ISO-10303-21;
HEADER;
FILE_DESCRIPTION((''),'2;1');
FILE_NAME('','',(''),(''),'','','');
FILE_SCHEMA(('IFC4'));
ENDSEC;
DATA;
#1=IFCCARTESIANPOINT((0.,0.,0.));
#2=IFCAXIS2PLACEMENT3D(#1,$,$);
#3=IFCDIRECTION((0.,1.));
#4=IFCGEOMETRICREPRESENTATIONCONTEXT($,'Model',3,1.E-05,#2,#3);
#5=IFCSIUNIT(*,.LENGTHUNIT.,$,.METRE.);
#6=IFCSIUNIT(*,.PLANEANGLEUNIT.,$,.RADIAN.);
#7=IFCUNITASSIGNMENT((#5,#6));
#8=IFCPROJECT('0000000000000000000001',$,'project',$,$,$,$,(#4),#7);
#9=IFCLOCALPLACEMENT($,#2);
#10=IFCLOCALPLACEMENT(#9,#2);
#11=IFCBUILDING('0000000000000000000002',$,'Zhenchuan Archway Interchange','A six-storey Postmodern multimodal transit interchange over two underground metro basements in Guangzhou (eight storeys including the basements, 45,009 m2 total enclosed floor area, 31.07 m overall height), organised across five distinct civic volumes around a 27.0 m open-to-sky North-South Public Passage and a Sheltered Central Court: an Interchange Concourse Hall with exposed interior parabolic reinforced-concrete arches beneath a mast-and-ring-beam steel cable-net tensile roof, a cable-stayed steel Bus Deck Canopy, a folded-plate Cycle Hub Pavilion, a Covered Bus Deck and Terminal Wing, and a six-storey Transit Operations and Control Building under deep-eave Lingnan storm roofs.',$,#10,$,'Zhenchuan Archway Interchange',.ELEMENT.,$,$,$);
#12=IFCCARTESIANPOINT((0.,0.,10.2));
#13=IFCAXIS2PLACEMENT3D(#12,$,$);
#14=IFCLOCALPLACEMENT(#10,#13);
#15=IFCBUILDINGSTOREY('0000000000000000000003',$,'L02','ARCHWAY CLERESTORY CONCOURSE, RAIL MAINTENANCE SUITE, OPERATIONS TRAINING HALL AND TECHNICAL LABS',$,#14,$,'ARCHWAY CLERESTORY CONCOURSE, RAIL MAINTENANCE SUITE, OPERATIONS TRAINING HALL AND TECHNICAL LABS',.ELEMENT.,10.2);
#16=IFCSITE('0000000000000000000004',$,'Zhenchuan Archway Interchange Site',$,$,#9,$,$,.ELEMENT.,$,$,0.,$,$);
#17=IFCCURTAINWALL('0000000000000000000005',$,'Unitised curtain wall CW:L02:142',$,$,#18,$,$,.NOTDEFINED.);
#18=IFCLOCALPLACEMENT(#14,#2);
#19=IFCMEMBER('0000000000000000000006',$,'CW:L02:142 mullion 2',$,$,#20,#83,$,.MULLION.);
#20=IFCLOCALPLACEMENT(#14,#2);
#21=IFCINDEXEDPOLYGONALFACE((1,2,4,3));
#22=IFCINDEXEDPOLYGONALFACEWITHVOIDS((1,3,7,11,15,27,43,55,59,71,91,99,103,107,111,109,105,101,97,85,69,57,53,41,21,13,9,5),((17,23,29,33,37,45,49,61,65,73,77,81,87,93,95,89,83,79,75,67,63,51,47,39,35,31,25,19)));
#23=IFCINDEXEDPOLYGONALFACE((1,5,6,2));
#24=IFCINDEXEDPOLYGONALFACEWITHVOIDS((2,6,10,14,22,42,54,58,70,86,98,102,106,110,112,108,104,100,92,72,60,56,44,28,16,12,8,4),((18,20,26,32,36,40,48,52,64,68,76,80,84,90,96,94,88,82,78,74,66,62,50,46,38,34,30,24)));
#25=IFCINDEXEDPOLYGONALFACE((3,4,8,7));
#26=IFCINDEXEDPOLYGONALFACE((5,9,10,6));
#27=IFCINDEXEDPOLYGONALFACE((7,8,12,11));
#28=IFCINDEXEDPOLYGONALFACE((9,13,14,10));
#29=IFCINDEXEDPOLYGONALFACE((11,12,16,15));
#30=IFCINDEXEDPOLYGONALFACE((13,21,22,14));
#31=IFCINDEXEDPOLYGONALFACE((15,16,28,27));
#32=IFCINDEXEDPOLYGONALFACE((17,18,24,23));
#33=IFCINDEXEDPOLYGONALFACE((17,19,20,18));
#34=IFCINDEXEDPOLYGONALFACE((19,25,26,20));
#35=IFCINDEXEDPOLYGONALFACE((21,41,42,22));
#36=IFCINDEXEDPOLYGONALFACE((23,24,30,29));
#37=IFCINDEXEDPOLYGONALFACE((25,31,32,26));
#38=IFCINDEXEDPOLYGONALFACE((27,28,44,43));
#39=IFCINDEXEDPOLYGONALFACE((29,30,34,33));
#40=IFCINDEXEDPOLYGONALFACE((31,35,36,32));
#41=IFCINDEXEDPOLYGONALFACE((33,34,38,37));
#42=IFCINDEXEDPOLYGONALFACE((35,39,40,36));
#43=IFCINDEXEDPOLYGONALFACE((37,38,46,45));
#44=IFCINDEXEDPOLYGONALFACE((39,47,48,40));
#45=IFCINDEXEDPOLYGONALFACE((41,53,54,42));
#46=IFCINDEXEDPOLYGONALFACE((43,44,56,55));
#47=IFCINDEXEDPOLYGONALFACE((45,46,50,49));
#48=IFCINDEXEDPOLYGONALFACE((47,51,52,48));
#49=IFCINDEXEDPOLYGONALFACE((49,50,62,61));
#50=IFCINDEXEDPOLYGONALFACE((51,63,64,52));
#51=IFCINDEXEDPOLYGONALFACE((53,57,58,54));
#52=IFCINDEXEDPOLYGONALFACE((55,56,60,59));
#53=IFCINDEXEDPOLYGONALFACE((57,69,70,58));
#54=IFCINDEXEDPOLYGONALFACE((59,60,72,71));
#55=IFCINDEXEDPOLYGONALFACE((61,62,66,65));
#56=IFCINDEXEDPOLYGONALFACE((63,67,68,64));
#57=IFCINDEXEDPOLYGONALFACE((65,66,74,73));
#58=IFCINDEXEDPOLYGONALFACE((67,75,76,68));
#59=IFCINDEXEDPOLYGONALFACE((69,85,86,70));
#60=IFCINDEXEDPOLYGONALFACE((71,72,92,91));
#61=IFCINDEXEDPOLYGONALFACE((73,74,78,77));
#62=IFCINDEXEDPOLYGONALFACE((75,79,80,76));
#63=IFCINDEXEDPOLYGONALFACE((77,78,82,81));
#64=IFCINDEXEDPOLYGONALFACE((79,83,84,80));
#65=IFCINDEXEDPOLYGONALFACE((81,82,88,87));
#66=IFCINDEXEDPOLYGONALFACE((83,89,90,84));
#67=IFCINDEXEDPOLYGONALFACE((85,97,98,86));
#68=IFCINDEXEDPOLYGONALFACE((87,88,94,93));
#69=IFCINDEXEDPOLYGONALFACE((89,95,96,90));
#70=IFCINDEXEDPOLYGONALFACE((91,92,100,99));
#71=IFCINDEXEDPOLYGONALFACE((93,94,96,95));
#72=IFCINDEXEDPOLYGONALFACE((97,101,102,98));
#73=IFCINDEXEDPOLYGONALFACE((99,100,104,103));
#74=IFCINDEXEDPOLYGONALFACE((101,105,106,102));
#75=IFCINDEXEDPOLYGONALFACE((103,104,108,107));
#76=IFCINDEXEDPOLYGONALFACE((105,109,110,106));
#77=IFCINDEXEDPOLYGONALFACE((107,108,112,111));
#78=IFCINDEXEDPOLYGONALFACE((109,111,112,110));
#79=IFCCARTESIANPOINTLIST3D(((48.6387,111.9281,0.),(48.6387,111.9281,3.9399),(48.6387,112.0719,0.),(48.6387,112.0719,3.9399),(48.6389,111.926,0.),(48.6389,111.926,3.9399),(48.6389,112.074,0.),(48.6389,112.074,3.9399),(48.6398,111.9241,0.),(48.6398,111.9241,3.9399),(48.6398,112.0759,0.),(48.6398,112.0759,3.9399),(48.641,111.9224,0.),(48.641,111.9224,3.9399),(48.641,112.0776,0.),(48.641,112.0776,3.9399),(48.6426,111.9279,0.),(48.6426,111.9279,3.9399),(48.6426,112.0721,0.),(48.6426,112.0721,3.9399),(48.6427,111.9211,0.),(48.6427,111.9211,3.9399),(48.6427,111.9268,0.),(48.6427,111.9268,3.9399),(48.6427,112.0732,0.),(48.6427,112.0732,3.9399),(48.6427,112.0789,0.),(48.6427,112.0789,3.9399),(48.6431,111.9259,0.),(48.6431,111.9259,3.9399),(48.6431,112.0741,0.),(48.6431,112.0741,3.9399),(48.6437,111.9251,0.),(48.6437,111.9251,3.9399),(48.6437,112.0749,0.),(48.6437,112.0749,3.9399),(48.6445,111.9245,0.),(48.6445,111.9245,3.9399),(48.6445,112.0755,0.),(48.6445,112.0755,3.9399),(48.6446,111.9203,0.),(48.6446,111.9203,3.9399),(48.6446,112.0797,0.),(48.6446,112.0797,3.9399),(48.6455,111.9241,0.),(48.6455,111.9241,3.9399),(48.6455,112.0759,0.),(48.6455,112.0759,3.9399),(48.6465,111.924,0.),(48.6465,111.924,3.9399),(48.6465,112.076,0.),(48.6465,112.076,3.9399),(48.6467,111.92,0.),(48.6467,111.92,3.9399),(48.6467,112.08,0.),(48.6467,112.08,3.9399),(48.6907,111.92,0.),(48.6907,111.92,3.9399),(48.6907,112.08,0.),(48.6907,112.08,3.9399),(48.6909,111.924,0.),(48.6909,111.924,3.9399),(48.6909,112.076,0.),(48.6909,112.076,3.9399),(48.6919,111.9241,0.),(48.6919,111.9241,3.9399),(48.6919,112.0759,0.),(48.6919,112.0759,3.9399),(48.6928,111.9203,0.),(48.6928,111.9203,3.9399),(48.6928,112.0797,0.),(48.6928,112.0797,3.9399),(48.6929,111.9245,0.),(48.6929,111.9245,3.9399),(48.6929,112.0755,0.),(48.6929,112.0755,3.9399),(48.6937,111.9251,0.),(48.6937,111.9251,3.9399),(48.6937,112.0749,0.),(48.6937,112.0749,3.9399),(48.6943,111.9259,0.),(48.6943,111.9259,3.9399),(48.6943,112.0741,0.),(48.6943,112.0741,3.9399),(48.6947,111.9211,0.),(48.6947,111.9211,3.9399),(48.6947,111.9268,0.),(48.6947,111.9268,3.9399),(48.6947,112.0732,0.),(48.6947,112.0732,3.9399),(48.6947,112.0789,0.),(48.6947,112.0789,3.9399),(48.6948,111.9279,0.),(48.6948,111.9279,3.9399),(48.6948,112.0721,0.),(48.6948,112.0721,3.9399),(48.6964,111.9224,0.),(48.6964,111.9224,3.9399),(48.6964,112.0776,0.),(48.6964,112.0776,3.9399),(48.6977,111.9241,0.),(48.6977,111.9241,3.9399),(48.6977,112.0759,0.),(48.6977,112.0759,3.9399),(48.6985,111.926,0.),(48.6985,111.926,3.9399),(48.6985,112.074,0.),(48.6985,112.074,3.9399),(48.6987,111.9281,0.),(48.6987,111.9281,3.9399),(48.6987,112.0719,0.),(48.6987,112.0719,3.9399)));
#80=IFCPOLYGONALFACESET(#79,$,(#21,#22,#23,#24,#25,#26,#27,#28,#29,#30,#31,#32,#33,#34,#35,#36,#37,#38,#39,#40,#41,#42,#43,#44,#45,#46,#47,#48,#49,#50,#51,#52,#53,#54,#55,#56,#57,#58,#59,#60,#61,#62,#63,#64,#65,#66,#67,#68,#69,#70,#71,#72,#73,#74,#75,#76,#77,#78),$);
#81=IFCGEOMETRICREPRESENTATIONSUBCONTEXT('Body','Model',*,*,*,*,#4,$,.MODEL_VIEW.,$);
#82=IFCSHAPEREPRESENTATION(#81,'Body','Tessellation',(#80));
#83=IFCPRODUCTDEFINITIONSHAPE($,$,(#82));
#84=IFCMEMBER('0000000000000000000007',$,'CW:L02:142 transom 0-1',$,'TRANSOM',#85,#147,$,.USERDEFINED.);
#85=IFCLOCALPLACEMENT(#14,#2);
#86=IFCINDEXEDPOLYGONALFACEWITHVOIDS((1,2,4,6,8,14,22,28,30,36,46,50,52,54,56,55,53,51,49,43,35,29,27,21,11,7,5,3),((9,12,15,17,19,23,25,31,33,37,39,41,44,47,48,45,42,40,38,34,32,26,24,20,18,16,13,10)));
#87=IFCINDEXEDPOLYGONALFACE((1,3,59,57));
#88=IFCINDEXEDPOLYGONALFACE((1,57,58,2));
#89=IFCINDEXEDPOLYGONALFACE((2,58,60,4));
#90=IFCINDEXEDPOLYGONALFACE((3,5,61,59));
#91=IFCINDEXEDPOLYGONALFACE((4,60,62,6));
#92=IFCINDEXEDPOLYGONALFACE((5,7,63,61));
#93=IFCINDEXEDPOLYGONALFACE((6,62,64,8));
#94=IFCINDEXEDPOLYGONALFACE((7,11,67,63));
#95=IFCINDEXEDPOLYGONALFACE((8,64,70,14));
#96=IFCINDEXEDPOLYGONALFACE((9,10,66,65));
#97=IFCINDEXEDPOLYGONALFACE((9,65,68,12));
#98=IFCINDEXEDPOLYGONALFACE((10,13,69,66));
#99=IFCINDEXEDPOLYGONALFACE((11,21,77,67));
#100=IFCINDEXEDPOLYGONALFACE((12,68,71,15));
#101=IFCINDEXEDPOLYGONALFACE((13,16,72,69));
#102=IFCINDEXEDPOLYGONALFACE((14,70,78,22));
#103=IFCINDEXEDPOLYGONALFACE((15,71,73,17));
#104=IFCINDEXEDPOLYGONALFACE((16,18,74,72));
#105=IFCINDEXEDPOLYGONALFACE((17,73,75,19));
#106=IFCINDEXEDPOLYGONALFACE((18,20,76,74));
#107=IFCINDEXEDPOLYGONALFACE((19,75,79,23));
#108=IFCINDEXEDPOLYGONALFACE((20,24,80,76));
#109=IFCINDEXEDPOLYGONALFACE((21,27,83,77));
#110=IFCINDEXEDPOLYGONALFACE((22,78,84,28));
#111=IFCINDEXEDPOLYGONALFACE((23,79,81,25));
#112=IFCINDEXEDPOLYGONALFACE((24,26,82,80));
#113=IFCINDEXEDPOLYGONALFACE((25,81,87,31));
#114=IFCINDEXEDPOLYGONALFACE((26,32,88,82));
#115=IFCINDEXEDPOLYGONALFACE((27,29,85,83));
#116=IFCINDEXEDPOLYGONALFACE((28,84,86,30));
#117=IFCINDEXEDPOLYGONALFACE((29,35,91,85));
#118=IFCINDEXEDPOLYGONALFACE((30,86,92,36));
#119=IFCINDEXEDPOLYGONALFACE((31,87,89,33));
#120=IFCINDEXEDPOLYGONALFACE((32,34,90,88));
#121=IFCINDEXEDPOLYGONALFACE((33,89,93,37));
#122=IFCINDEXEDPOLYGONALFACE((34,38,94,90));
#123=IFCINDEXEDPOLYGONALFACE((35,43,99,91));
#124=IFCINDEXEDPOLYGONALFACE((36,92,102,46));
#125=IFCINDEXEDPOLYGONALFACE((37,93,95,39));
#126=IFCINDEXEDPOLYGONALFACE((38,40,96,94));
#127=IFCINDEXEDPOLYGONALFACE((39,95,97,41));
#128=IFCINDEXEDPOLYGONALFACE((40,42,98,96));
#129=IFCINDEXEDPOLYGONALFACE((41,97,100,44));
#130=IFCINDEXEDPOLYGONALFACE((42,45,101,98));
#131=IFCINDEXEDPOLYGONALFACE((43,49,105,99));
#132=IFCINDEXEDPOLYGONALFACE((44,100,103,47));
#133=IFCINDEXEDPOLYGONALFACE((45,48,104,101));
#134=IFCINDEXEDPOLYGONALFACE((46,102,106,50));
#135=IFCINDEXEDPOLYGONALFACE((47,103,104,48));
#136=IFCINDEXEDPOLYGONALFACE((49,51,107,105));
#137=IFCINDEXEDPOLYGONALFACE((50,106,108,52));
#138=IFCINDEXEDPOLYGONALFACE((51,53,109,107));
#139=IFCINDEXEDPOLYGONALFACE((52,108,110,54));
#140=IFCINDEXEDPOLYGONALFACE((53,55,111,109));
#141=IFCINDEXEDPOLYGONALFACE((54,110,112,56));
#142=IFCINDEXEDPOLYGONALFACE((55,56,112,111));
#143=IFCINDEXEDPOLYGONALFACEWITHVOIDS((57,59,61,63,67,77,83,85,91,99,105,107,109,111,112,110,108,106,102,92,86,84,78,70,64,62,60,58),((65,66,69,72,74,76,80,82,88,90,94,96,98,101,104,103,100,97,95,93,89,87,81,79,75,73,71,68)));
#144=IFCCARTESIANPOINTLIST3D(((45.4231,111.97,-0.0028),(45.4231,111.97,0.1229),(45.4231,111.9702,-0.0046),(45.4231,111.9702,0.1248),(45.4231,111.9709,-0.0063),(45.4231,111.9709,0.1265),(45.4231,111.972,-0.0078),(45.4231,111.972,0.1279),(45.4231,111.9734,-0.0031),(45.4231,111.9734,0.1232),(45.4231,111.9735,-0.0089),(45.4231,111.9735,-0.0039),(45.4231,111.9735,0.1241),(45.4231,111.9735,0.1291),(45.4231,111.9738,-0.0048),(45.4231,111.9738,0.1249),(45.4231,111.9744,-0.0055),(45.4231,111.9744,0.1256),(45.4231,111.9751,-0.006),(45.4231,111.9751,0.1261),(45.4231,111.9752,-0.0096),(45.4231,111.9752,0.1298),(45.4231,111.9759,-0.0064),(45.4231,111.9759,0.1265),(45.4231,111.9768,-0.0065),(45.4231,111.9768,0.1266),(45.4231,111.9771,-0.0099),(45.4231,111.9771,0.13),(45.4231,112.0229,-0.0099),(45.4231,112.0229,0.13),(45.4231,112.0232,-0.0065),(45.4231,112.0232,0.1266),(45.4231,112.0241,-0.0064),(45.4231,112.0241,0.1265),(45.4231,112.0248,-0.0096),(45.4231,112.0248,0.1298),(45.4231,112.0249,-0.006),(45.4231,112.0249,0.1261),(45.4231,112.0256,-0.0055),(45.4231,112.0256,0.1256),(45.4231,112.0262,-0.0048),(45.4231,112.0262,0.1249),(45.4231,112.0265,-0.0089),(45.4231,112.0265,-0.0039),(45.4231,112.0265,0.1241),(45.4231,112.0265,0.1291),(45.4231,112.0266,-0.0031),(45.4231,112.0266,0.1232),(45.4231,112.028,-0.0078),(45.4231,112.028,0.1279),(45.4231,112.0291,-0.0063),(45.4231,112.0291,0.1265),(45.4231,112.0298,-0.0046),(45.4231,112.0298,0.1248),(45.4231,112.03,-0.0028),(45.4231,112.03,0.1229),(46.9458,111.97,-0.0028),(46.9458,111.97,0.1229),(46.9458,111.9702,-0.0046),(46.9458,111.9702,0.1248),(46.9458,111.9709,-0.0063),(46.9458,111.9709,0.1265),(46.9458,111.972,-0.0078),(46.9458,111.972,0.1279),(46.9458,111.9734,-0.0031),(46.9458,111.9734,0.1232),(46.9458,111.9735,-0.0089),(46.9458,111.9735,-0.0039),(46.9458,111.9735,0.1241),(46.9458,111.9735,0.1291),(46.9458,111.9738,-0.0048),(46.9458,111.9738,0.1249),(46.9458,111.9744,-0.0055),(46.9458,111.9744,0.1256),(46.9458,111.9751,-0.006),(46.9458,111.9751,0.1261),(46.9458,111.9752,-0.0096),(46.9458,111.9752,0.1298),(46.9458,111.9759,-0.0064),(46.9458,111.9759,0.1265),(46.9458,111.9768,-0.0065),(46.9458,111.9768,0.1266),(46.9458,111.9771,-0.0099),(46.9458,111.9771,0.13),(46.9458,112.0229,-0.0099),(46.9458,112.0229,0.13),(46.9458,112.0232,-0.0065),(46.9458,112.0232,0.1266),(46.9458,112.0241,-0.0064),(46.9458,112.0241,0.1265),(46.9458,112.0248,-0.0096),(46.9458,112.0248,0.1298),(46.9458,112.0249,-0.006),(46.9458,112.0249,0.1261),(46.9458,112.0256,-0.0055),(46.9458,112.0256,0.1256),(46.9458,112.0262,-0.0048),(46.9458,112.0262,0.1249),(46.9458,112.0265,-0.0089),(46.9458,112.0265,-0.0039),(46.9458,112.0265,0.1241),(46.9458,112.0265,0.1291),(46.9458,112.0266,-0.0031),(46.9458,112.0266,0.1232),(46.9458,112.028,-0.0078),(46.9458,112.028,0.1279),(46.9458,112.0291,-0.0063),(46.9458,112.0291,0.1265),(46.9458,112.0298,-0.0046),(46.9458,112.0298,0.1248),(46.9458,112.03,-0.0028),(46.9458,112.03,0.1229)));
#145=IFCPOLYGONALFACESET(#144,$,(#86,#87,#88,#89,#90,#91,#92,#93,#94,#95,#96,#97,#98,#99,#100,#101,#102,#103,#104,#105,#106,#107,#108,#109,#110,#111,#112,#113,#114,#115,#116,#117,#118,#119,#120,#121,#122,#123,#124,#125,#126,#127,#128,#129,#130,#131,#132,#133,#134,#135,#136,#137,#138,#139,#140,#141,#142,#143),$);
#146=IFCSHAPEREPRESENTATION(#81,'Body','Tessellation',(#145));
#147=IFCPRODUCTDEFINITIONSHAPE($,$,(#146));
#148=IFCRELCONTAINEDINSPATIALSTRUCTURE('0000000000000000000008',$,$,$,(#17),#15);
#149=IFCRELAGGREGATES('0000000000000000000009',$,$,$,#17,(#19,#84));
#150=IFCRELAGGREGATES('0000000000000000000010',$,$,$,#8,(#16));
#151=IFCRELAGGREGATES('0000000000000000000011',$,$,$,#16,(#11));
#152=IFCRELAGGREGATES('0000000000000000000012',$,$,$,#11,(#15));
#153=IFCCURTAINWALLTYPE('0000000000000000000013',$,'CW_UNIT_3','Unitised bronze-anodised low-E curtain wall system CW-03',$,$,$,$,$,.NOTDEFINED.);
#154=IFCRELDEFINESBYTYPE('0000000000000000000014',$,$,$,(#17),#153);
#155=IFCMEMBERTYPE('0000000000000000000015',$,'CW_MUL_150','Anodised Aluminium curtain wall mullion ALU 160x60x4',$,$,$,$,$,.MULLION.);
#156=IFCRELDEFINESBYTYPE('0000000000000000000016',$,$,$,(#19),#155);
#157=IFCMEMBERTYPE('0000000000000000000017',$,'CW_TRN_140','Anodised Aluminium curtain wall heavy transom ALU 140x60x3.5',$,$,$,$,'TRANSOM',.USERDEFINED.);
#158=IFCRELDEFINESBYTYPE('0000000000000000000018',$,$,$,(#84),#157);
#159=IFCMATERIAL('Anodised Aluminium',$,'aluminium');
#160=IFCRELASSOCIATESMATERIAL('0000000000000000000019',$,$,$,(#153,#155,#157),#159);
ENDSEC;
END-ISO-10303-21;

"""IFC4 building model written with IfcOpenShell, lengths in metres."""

from ifc_helpers import new_model, si_unit, direction, frame, origin, origin_2d, place, context, subcontext, project, spatial, hollow_rectangle, extrude, material, material_profile, profile_set, type_object, element, aggregate, save


model = new_model("IFC4")

# Units and contexts
model_context = context("Model", 3, precision=1e-05, world=origin(), true_north=direction((0.0, 1.0)))
body_context = subcontext(model_context, "Body", "Model", "MODEL_VIEW")
ifc_project = project(units=[si_unit("LENGTHUNIT", "METRE"), si_unit("PLANEANGLEUNIT", "RADIAN")], contexts=[model_context])

# Site, building, storey
site_placement = place(None, origin())
site = spatial("IfcSite", under=ifc_project, at=site_placement, Name="Zhenchuan Archway Interchange Site", CompositionType="ELEMENT", RefElevation=0.0)
building_placement = place(site_placement, origin())
building = spatial("IfcBuilding", under=site, at=building_placement, Name="Zhenchuan Archway Interchange", Description="A six-storey Postmodern multimodal transit interchange over two underground metro basements in Guangzhou (eight storeys including the basements, 45,009 m2 total enclosed floor area, 31.07 m overall height), organised across five distinct civic volumes around a 27.0 m open-to-sky North-South Public Passage and a Sheltered Central Court: an Interchange Concourse Hall with exposed interior parabolic reinforced-concrete arches beneath a mast-and-ring-beam steel cable-net tensile roof, a cable-stayed steel Bus Deck Canopy, a folded-plate Cycle Hub Pavilion, a Covered Bus Deck and Terminal Wing, and a six-storey Transit Operations and Control Building under deep-eave Lingnan storm roofs.", LongName="Zhenchuan Archway Interchange", CompositionType="ELEMENT")
storey_placement = place(building_placement, frame((0.0, 0.0, 10.2)))
storey = spatial("IfcBuildingStorey", under=building, at=storey_placement, Name="L02", Description="ARCHWAY CLERESTORY CONCOURSE, RAIL MAINTENANCE SUITE, OPERATIONS TRAINING HALL AND TECHNICAL LABS", LongName="ARCHWAY CLERESTORY CONCOURSE, RAIL MAINTENANCE SUITE, OPERATIONS TRAINING HALL AND TECHNICAL LABS", CompositionType="ELEMENT", Elevation=10.2)

# Curtain wall, members
ifc_material_1 = material(Name="Anodised Aluminium", Category="aluminium")
curtain_wall_type = type_object("IfcCurtainWallType", Name="CW_UNIT_3", Description="Unitised bronze-anodised low-E curtain wall system CW-03", PredefinedType="NOTDEFINED", material=ifc_material_1)
curtain_wall_placement = place(storey_placement, origin())
curtain_wall = element("IfcCurtainWall", 1, at=curtain_wall_placement, inside=storey, type_object=curtain_wall_type, Name="Unitised curtain wall CW:L02:142", PredefinedType="NOTDEFINED")
ifc_material_profile_1 = material_profile(ifc_material_1, hollow_rectangle(XDim=0.0601, YDim=0.1599, WallThickness=0.0039, InnerFilletRadius=0.0039, OuterFilletRadius=0.0081, at=origin_2d()), Name="ALU 160x60x4")
ifc_profile_set_1 = profile_set([ifc_material_profile_1], Name="Anodised Aluminium")
member_type_1 = type_object("IfcMemberType", Name="CW_MUL_150", Description="Anodised Aluminium curtain wall mullion ALU 160x60x4", PredefinedType="MULLION", material=ifc_profile_set_1)
member_1_placement = place(storey_placement, frame((48.6687, 112.0, 0.0), z_axis=(0.0, 0.0, 1.0), x_axis=(1.0, 0.0, 0.0)))
member_1 = element("IfcMember", 2, at=member_1_placement, type_object=member_type_1, Name="CW:L02:142 mullion 2", PredefinedType="MULLION", context=body_context, shape_type="SweptSolid", body=[
    extrude(hollow_rectangle(XDim=0.0601, YDim=0.1599, WallThickness=0.0039, InnerFilletRadius=0.0039, OuterFilletRadius=0.0081, at=origin_2d()), origin(), (0.0, 0.0, 1.0), 3.9399),
])
ifc_material_profile_2 = material_profile(ifc_material_1, hollow_rectangle(XDim=0.0601, YDim=0.1399, WallThickness=0.0034, InnerFilletRadius=0.0034, OuterFilletRadius=0.0071, at=origin_2d()), Name="ALU 140x60x3.5")
ifc_profile_set_2 = profile_set([ifc_material_profile_2], Name="Anodised Aluminium")
member_type_2 = type_object("IfcMemberType", Name="CW_TRN_140", Description="Anodised Aluminium curtain wall heavy transom ALU 140x60x3.5", ElementType="TRANSOM", PredefinedType="USERDEFINED", material=ifc_profile_set_2)
member_2_placement = place(storey_placement, frame((45.4231, 112.0, 0.0601), z_axis=(1.0, 0.0, 0.0), x_axis=(0.0, 1.0, 0.0)))
member_2 = element("IfcMember", 3, at=member_2_placement, type_object=member_type_2, Name="CW:L02:142 transom 0-1", ObjectType="TRANSOM", PredefinedType="USERDEFINED", context=body_context, shape_type="SweptSolid", body=[
    extrude(hollow_rectangle(XDim=0.0601, YDim=0.1399, WallThickness=0.0034, InnerFilletRadius=0.0034, OuterFilletRadius=0.0071, at=origin_2d()), origin(), (0.0, 0.0, 1.0), 1.5227),
])

aggregate(curtain_wall, [member_1, member_2])

save(model, "model.ifc")
